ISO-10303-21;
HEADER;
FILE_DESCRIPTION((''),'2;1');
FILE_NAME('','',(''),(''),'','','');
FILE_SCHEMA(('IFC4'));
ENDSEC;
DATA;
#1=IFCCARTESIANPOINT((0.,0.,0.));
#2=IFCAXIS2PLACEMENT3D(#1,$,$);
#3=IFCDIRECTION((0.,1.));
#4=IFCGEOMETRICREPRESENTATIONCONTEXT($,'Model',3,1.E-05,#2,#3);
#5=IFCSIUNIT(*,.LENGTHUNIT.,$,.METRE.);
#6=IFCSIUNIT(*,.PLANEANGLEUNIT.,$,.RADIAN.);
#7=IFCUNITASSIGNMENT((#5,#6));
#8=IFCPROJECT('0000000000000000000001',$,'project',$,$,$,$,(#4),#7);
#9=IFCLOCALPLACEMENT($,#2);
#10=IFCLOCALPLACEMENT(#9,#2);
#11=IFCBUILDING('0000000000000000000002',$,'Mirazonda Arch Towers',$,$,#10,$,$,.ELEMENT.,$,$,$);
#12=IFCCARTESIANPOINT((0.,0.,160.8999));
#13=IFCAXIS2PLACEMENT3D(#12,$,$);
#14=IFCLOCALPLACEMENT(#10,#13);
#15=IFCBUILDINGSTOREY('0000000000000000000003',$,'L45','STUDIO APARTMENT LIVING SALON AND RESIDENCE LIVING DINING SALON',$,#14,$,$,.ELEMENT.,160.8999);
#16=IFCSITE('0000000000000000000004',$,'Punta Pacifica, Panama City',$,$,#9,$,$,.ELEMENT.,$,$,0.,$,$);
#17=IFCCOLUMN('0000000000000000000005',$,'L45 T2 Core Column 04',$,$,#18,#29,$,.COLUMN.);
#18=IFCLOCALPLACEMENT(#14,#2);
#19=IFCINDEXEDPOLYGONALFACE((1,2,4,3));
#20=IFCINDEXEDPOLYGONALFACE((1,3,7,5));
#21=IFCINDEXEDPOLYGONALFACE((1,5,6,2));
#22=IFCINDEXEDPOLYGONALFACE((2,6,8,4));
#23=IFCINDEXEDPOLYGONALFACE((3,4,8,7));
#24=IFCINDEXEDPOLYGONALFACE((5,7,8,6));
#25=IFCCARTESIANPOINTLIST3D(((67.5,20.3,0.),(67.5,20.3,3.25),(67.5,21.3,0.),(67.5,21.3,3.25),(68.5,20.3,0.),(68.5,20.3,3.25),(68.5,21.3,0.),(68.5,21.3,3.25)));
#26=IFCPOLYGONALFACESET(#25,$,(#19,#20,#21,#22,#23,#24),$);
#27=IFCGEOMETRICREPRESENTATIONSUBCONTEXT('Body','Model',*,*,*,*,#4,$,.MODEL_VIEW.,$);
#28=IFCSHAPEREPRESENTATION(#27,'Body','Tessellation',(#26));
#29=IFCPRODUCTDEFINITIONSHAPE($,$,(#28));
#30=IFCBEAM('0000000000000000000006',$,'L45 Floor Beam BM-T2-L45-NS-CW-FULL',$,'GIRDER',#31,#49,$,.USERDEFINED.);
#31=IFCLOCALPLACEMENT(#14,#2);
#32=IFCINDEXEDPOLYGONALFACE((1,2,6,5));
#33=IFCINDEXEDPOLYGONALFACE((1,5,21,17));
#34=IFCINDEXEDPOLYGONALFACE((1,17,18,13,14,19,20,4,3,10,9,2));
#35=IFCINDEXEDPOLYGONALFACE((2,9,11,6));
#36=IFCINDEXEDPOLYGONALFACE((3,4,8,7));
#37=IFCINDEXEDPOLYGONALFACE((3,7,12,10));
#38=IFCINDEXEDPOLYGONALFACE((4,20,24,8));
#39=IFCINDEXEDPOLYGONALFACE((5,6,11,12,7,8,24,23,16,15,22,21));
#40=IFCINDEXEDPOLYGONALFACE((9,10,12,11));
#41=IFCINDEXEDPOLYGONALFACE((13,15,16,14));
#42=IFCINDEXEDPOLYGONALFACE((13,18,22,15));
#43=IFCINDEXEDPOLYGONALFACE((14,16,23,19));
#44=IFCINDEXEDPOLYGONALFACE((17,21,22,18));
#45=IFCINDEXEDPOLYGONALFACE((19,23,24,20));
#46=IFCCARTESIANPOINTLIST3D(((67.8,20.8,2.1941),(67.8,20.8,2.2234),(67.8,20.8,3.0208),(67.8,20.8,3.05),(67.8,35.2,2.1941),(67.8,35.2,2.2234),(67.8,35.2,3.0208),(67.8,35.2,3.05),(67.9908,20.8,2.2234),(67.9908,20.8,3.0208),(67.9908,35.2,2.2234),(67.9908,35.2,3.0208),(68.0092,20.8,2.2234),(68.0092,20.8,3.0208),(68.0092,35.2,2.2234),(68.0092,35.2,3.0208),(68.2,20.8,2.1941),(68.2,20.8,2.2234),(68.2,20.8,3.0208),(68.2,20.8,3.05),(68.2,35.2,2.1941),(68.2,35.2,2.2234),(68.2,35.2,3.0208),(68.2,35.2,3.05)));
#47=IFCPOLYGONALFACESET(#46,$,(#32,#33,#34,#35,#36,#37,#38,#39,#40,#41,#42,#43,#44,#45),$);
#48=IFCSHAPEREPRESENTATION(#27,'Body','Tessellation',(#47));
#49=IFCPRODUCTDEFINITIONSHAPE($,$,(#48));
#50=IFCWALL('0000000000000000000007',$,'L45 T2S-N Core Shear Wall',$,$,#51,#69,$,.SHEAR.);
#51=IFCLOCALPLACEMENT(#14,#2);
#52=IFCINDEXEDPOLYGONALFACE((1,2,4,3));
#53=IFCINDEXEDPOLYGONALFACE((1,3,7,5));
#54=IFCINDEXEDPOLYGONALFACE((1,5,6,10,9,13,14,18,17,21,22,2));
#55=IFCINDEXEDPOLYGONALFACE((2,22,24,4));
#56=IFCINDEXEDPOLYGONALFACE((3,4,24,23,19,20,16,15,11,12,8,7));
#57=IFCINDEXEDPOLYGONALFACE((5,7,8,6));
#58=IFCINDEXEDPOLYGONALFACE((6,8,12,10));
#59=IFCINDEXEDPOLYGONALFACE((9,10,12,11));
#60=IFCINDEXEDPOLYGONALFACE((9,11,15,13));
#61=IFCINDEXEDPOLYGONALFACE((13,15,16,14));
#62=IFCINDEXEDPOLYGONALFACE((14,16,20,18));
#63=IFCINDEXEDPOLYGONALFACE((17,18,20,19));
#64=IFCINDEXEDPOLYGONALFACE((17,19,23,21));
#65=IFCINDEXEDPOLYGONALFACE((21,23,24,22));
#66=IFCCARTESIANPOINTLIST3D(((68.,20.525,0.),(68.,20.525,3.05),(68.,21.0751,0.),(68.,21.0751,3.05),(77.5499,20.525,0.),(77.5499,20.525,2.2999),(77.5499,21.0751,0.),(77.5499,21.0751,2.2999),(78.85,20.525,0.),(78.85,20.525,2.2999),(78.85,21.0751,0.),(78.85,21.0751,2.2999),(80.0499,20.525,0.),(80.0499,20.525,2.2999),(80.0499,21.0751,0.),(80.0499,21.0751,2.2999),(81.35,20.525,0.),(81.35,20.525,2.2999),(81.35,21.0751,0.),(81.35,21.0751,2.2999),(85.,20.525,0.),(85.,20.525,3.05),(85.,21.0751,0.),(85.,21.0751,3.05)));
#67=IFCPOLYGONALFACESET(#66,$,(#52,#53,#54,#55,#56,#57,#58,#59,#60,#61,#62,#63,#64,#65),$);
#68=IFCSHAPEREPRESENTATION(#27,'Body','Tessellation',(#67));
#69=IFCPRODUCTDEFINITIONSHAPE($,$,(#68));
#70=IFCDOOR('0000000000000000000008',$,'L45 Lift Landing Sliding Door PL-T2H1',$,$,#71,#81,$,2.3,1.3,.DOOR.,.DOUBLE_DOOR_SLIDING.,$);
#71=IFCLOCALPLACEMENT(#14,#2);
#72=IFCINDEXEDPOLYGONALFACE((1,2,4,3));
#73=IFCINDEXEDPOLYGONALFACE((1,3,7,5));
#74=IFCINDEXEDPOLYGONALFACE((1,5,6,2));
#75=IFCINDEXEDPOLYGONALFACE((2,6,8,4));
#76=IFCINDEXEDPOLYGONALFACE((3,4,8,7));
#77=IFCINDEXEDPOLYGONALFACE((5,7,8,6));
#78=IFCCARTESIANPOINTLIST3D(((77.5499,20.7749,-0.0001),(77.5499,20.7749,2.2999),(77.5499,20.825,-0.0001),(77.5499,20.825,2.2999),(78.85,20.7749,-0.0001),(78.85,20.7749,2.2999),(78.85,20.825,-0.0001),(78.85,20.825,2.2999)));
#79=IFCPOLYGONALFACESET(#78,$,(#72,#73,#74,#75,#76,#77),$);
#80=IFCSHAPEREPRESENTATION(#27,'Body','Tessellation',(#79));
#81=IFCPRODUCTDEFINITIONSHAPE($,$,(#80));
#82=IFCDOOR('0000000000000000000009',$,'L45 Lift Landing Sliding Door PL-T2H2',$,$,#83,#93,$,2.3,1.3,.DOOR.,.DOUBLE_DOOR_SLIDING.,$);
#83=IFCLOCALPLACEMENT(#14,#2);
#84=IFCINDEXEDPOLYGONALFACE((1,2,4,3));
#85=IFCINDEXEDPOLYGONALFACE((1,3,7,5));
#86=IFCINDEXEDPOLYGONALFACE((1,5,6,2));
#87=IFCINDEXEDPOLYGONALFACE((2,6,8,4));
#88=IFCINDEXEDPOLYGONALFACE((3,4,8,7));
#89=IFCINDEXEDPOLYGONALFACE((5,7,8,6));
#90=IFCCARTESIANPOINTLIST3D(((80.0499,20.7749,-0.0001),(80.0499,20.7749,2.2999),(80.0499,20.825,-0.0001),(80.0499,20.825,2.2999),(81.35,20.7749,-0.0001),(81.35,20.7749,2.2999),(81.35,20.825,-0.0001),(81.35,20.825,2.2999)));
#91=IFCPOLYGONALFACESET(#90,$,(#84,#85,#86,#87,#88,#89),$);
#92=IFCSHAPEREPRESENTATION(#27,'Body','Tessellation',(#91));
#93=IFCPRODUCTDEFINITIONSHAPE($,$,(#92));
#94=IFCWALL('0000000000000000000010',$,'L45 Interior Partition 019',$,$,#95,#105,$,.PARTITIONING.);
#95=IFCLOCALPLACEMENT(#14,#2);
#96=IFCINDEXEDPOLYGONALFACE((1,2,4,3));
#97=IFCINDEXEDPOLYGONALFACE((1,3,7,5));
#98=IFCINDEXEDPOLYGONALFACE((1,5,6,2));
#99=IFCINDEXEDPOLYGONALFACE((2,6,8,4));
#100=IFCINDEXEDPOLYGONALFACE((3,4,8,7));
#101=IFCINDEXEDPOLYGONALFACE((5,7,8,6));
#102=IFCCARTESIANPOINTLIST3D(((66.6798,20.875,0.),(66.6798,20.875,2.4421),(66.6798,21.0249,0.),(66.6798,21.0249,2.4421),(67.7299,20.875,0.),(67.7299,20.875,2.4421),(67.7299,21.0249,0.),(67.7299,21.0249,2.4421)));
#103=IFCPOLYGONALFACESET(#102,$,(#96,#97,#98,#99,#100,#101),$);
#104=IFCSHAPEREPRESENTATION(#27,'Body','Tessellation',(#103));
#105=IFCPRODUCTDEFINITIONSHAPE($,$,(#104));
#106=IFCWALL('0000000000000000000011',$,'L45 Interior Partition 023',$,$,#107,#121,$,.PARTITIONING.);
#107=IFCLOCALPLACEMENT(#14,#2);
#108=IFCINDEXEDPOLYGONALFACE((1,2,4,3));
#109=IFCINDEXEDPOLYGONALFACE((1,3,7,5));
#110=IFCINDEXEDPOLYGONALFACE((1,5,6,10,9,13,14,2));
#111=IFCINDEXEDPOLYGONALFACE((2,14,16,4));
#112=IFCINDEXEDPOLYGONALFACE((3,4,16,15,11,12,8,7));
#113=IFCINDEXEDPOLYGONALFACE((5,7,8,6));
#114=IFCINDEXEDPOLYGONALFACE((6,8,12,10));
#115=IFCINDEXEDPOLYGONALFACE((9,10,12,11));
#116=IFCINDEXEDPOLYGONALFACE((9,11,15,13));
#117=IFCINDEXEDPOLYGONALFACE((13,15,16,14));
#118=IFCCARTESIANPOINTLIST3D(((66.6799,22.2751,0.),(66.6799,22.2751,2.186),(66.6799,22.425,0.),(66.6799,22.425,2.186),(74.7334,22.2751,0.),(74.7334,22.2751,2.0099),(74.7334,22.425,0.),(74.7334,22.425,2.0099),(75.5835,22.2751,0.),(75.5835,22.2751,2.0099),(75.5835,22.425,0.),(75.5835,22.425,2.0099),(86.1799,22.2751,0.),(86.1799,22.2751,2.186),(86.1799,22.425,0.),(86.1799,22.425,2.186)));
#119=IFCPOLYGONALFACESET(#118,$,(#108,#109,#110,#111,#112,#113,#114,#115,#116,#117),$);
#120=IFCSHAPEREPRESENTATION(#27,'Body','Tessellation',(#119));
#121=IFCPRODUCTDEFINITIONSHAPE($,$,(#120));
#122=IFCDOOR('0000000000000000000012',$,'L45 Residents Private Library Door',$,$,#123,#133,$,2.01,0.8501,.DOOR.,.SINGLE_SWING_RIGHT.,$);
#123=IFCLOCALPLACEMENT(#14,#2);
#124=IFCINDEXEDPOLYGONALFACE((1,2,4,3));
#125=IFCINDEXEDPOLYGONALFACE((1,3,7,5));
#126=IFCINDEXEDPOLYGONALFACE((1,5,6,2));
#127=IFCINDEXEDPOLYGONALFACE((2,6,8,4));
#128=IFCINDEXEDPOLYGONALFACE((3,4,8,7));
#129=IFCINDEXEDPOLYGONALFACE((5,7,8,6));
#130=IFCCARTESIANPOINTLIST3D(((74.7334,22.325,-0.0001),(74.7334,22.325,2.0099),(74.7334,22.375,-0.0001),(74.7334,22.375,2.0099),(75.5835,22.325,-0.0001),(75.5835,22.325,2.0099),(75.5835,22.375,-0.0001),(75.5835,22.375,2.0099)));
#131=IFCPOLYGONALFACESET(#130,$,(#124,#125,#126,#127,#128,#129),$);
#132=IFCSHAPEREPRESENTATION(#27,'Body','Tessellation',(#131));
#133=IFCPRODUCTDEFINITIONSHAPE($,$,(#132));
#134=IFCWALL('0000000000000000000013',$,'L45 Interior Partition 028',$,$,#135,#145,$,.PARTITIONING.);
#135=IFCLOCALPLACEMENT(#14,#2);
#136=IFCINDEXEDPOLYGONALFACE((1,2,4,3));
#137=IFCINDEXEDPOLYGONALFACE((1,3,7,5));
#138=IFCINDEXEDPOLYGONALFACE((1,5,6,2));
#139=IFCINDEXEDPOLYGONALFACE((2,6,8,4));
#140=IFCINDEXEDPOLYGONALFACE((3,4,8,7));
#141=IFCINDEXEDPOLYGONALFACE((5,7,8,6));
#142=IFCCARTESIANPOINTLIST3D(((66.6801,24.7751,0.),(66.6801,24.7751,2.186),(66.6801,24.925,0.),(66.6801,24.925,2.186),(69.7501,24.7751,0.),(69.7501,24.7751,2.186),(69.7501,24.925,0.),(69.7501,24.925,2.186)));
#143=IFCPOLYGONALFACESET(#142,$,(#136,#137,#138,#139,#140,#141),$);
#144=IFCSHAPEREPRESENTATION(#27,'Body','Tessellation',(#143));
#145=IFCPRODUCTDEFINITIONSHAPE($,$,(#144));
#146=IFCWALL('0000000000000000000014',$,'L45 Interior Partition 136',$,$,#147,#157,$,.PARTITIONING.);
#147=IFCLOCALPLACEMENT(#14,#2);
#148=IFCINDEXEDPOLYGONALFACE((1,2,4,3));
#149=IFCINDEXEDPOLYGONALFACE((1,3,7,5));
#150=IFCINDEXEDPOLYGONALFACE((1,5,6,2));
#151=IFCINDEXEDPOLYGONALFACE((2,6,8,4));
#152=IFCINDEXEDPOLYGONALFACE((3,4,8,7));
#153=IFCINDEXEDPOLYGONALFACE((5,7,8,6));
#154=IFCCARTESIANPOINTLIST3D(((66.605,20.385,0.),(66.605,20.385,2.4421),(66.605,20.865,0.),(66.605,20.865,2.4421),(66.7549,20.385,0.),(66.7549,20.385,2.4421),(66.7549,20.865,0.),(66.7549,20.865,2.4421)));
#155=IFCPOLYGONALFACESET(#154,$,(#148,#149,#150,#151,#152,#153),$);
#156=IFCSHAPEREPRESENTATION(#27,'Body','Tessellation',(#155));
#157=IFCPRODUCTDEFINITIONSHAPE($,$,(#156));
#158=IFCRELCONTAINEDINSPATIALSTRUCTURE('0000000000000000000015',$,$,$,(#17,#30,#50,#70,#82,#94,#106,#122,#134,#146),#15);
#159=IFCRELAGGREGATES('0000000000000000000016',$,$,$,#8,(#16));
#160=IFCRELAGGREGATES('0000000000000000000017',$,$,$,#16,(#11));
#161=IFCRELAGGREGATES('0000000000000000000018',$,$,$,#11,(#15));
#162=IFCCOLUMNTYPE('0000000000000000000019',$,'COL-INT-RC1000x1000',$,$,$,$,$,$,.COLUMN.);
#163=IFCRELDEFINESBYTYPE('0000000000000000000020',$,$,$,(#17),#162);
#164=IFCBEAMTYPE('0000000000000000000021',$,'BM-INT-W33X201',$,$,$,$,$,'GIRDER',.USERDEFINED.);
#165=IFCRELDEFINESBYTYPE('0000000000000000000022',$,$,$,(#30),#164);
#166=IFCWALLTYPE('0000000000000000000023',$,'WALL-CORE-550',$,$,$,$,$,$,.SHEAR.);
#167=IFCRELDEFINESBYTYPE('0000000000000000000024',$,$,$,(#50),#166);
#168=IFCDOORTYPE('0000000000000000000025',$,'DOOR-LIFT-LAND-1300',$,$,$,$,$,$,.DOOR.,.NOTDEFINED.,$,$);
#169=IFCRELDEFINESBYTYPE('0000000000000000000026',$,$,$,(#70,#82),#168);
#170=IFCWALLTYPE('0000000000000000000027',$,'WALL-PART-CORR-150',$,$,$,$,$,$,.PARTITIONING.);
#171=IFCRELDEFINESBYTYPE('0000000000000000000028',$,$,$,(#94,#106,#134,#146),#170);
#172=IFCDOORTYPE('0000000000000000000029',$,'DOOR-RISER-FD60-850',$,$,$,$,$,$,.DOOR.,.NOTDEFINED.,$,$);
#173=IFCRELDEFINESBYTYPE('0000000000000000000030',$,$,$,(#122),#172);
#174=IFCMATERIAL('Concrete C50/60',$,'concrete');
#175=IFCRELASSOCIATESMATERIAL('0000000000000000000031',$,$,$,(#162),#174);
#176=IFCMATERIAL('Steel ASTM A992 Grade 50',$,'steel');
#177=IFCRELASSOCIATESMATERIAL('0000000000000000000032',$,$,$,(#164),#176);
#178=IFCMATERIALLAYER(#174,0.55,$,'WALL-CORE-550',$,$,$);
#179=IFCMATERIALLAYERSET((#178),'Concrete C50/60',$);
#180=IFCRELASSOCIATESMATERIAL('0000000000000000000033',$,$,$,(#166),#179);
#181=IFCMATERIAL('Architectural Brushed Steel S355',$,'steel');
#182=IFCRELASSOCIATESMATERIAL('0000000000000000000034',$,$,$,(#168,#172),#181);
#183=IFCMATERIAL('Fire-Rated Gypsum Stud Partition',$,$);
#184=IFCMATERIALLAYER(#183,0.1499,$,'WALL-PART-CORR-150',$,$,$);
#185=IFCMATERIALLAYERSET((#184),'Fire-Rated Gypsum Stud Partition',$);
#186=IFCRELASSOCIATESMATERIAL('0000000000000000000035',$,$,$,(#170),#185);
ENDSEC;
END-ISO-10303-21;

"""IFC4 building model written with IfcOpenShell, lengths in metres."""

from ifc_helpers import new_model, si_unit, direction, frame, frame_2d, origin, origin_2d, place, context, subcontext, project, spatial, rectangle, i_section, extrude, material, layer, layer_set, material_profile, profile_set, type_object, element, fill, save


model = new_model("IFC4")

# Units and contexts
model_context = context("Model", 3, precision=1e-05, world=origin(), true_north=direction((0.0, 1.0)))
body_context = subcontext(model_context, "Body", "Model", "MODEL_VIEW")
ifc_project = project(units=[si_unit("LENGTHUNIT", "METRE"), si_unit("PLANEANGLEUNIT", "RADIAN")], contexts=[model_context])

# Site, building, storey
site_placement = place(None, origin())
site = spatial("IfcSite", under=ifc_project, at=site_placement, Name="Punta Pacifica, Panama City", CompositionType="ELEMENT", RefElevation=0.0)
building_placement = place(site_placement, origin())
building = spatial("IfcBuilding", under=site, at=building_placement, Name="Mirazonda Arch Towers", CompositionType="ELEMENT")
storey_placement = place(building_placement, frame((0.0, 0.0, 160.8999)))
storey = spatial("IfcBuildingStorey", under=building, at=storey_placement, Name="L45", Description="STUDIO APARTMENT LIVING SALON AND RESIDENCE LIVING DINING SALON", CompositionType="ELEMENT", Elevation=160.8999)

# Column
ifc_material_1 = material(Name="Concrete C50/60", Category="concrete")
ifc_material_profile_1 = material_profile(ifc_material_1, rectangle(XDim=1.0, YDim=1.0, at=origin_2d()), Name="RC1000x1000")
ifc_profile_set_1 = profile_set([ifc_material_profile_1], Name="Concrete C50/60")
column_type = type_object("IfcColumnType", Name="COL-INT-RC1000x1000", PredefinedType="COLUMN", material=ifc_profile_set_1)
column_placement = place(storey_placement, frame((68.0, 20.8, 0.0), z_axis=(0.0, 0.0, 1.0), x_axis=(1.0, 0.0, 0.0)))
element("IfcColumn", 1, at=column_placement, inside=storey, type_object=column_type, Name="L45 T2 Core Column 04", PredefinedType="COLUMN", context=body_context, shape_type="SweptSolid", body=[
    extrude(rectangle(XDim=1.0, YDim=1.0, at=origin_2d()), origin(), (0.0, 0.0, 1.0), 3.25),
])

# Beam
ifc_material_2 = material(Name="Steel ASTM A992 Grade 50", Category="steel")
ifc_material_profile_2 = material_profile(ifc_material_2, i_section(OverallWidth=0.3999, OverallDepth=0.856, WebThickness=0.0183, FlangeThickness=0.0293, at=origin_2d()), Name="W33X201")
ifc_profile_set_2 = profile_set([ifc_material_profile_2], Name="Steel ASTM A992 Grade 50")
beam_type = type_object("IfcBeamType", Name="BM-INT-W33X201", ElementType="GIRDER", PredefinedType="USERDEFINED", material=ifc_profile_set_2)
beam_placement = place(storey_placement, frame((68.0, 20.8, 2.6221), z_axis=(0.0, 1.0, 0.0), x_axis=(-1.0, 0.0, 0.0)))
element("IfcBeam", 2, at=beam_placement, inside=storey, type_object=beam_type, Name="L45 Floor Beam BM-T2-L45-NS-CW-FULL", ObjectType="GIRDER", PredefinedType="USERDEFINED", context=body_context, shape_type="SweptSolid", body=[
    extrude(i_section(OverallWidth=0.3999, OverallDepth=0.856, WebThickness=0.0183, FlangeThickness=0.0293, at=origin_2d()), origin(), (0.0, 0.0, 1.0), 14.3999),
])

# Wall, openings, doors
ifc_layer_1 = layer(ifc_material_1, 0.55, Name="WALL-CORE-550")
ifc_layer_set_1 = layer_set([ifc_layer_1], Name="Concrete C50/60")
wall_type_1 = type_object("IfcWallType", Name="WALL-CORE-550", PredefinedType="SHEAR", material=ifc_layer_set_1)
wall_1_placement = place(storey_placement, frame((68.0, 20.8, 0.0), z_axis=(0.0, 0.0, 1.0), x_axis=(1.0, 0.0, 0.0)))
wall_1 = element("IfcWall", 3, at=wall_1_placement, inside=storey, type_object=wall_type_1, Name="L45 T2S-N Core Shear Wall", PredefinedType="SHEAR", context=body_context, shape_type="SweptSolid", body=[
    extrude(rectangle(XDim=17.0, YDim=0.55, at=frame_2d((8.5, 0.0))), origin(), (0.0, 0.0, 1.0), 3.05),
])
opening_1_placement = place(wall_1_placement, frame((9.55, 0.0, 0.0)))
opening_1 = element("IfcOpeningElement", 4, at=opening_1_placement, cuts=wall_1, PredefinedType="OPENING", context=body_context, shape_type="SweptSolid", body=[
    extrude(rectangle(XDim=1.3, YDim=2.3, at=frame_2d((0.6499, 1.1499))), frame((0.0, 0.2849, 0.0), z_axis=(0.0, -1.0, 0.0), x_axis=(1.0, 0.0, 0.0)), (0.0, 0.0, 1.0), 0.5701),
])
opening_2_placement = place(wall_1_placement, frame((12.05, 0.0, 0.0)))
opening_2 = element("IfcOpeningElement", 5, at=opening_2_placement, cuts=wall_1, PredefinedType="OPENING", context=body_context, shape_type="SweptSolid", body=[
    extrude(rectangle(XDim=1.3, YDim=2.3, at=frame_2d((0.6499, 1.1499))), frame((0.0, 0.2849, 0.0), z_axis=(0.0, -1.0, 0.0), x_axis=(1.0, 0.0, 0.0)), (0.0, 0.0, 1.0), 0.5701),
])
ifc_material_3 = material(Name="Architectural Brushed Steel S355", Category="steel")
door_type_1 = type_object("IfcDoorType", Name="DOOR-LIFT-LAND-1300", OperationType="NOTDEFINED", PredefinedType="DOOR", material=ifc_material_3)
door_1_placement = place(opening_1_placement, origin())
door_1 = element("IfcDoor", 6, at=door_1_placement, inside=storey, type_object=door_type_1, Name="L45 Lift Landing Sliding Door PL-T2H1", OperationType="DOUBLE_DOOR_SLIDING", OverallHeight=2.3, OverallWidth=1.3, PredefinedType="DOOR", context=body_context, shape_type="SweptSolid", body=[
    extrude(rectangle(XDim=1.3, YDim=2.3, at=frame_2d((0.6499, 1.1499))), frame((0.0, 0.0249, 0.0), z_axis=(0.0, -1.0, 0.0), x_axis=(1.0, 0.0, 0.0)), (0.0, 0.0, 1.0), 0.05),
])
fill(opening_1, door_1)
door_2_placement = place(opening_2_placement, origin())
door_2 = element("IfcDoor", 7, at=door_2_placement, inside=storey, type_object=door_type_1, Name="L45 Lift Landing Sliding Door PL-T2H2", OperationType="DOUBLE_DOOR_SLIDING", OverallHeight=2.3, OverallWidth=1.3, PredefinedType="DOOR", context=body_context, shape_type="SweptSolid", body=[
    extrude(rectangle(XDim=1.3, YDim=2.3, at=frame_2d((0.6499, 1.1499))), frame((0.0, 0.0249, 0.0), z_axis=(0.0, -1.0, 0.0), x_axis=(1.0, 0.0, 0.0)), (0.0, 0.0, 1.0), 0.05),
])
fill(opening_2, door_2)

# Wall
ifc_material_4 = material(Name="Fire-Rated Gypsum Stud Partition")
ifc_layer_2 = layer(ifc_material_4, 0.1499, Name="WALL-PART-CORR-150")
ifc_layer_set_2 = layer_set([ifc_layer_2], Name="Fire-Rated Gypsum Stud Partition")
wall_type_2 = type_object("IfcWallType", Name="WALL-PART-CORR-150", PredefinedType="PARTITIONING", material=ifc_layer_set_2)
wall_2_placement = place(storey_placement, frame((66.6799, 20.95, 0.0), z_axis=(0.0, 0.0, 1.0), x_axis=(1.0, 0.0, 0.0)))
element("IfcWall", 8, at=wall_2_placement, inside=storey, type_object=wall_type_2, Name="L45 Interior Partition 019", PredefinedType="PARTITIONING", context=body_context, shape_type="SweptSolid", body=[
    extrude(rectangle(XDim=1.05, YDim=0.1499, at=frame_2d((0.5249, 0.0))), origin(), (0.0, 0.0, 1.0), 2.4421),
])

# Wall, opening, door
wall_3_placement = place(storey_placement, frame((66.6799, 22.3501, 0.0), z_axis=(0.0, 0.0, 1.0), x_axis=(1.0, 0.0, 0.0)))
wall_3 = element("IfcWall", 9, at=wall_3_placement, inside=storey, type_object=wall_type_2, Name="L45 Interior Partition 023", PredefinedType="PARTITIONING", context=body_context, shape_type="SweptSolid", body=[
    extrude(rectangle(XDim=19.5, YDim=0.1499, at=frame_2d((9.75, 0.0))), origin(), (0.0, 0.0, 1.0), 2.186),
])
opening_3_placement = place(wall_3_placement, frame((8.0535, 0.0, 0.0)))
opening_3 = element("IfcOpeningElement", 10, at=opening_3_placement, cuts=wall_3, PredefinedType="OPENING", context=body_context, shape_type="SweptSolid", body=[
    extrude(rectangle(XDim=0.8501, YDim=2.01, at=frame_2d((0.425, 1.0049))), frame((0.0, 0.085, 0.0), z_axis=(0.0, -1.0, 0.0), x_axis=(1.0, 0.0, 0.0)), (0.0, 0.0, 1.0), 0.1699),
])
door_type_2 = type_object("IfcDoorType", Name="DOOR-RISER-FD60-850", OperationType="NOTDEFINED", PredefinedType="DOOR", material=ifc_material_3)
door_3_placement = place(opening_3_placement, origin())
door_3 = element("IfcDoor", 11, at=door_3_placement, inside=storey, type_object=door_type_2, Name="L45 Residents Private Library Door", OperationType="SINGLE_SWING_RIGHT", OverallHeight=2.01, OverallWidth=0.8501, PredefinedType="DOOR", context=body_context, shape_type="SweptSolid", body=[
    extrude(rectangle(XDim=0.8501, YDim=2.01, at=frame_2d((0.425, 1.0049))), frame((0.0, 0.0249, 0.0), z_axis=(0.0, -1.0, 0.0), x_axis=(1.0, 0.0, 0.0)), (0.0, 0.0, 1.0), 0.05),
])
fill(opening_3, door_3)

# Walls
wall_4_placement = place(storey_placement, frame((66.6799, 24.8501, 0.0), z_axis=(0.0, 0.0, 1.0), x_axis=(1.0, 0.0, 0.0)))
element("IfcWall", 12, at=wall_4_placement, inside=storey, type_object=wall_type_2, Name="L45 Interior Partition 028", PredefinedType="PARTITIONING", context=body_context, shape_type="SweptSolid", body=[
    extrude(rectangle(XDim=3.0701, YDim=0.1499, at=frame_2d((1.5352, 0.0))), origin(), (0.0, 0.0, 1.0), 2.186),
])
wall_5_placement = place(storey_placement, frame((66.6799, 20.385, 0.0), z_axis=(0.0, 0.0, 1.0), x_axis=(0.0, 1.0, 0.0)))
element("IfcWall", 13, at=wall_5_placement, inside=storey, type_object=wall_type_2, Name="L45 Interior Partition 136", PredefinedType="PARTITIONING", context=body_context, shape_type="SweptSolid", body=[
    extrude(rectangle(XDim=0.48, YDim=0.1499, at=frame_2d((0.24, 0.0))), origin(), (0.0, 0.0, 1.0), 2.4421),
])

save(model, "model.ifc")
